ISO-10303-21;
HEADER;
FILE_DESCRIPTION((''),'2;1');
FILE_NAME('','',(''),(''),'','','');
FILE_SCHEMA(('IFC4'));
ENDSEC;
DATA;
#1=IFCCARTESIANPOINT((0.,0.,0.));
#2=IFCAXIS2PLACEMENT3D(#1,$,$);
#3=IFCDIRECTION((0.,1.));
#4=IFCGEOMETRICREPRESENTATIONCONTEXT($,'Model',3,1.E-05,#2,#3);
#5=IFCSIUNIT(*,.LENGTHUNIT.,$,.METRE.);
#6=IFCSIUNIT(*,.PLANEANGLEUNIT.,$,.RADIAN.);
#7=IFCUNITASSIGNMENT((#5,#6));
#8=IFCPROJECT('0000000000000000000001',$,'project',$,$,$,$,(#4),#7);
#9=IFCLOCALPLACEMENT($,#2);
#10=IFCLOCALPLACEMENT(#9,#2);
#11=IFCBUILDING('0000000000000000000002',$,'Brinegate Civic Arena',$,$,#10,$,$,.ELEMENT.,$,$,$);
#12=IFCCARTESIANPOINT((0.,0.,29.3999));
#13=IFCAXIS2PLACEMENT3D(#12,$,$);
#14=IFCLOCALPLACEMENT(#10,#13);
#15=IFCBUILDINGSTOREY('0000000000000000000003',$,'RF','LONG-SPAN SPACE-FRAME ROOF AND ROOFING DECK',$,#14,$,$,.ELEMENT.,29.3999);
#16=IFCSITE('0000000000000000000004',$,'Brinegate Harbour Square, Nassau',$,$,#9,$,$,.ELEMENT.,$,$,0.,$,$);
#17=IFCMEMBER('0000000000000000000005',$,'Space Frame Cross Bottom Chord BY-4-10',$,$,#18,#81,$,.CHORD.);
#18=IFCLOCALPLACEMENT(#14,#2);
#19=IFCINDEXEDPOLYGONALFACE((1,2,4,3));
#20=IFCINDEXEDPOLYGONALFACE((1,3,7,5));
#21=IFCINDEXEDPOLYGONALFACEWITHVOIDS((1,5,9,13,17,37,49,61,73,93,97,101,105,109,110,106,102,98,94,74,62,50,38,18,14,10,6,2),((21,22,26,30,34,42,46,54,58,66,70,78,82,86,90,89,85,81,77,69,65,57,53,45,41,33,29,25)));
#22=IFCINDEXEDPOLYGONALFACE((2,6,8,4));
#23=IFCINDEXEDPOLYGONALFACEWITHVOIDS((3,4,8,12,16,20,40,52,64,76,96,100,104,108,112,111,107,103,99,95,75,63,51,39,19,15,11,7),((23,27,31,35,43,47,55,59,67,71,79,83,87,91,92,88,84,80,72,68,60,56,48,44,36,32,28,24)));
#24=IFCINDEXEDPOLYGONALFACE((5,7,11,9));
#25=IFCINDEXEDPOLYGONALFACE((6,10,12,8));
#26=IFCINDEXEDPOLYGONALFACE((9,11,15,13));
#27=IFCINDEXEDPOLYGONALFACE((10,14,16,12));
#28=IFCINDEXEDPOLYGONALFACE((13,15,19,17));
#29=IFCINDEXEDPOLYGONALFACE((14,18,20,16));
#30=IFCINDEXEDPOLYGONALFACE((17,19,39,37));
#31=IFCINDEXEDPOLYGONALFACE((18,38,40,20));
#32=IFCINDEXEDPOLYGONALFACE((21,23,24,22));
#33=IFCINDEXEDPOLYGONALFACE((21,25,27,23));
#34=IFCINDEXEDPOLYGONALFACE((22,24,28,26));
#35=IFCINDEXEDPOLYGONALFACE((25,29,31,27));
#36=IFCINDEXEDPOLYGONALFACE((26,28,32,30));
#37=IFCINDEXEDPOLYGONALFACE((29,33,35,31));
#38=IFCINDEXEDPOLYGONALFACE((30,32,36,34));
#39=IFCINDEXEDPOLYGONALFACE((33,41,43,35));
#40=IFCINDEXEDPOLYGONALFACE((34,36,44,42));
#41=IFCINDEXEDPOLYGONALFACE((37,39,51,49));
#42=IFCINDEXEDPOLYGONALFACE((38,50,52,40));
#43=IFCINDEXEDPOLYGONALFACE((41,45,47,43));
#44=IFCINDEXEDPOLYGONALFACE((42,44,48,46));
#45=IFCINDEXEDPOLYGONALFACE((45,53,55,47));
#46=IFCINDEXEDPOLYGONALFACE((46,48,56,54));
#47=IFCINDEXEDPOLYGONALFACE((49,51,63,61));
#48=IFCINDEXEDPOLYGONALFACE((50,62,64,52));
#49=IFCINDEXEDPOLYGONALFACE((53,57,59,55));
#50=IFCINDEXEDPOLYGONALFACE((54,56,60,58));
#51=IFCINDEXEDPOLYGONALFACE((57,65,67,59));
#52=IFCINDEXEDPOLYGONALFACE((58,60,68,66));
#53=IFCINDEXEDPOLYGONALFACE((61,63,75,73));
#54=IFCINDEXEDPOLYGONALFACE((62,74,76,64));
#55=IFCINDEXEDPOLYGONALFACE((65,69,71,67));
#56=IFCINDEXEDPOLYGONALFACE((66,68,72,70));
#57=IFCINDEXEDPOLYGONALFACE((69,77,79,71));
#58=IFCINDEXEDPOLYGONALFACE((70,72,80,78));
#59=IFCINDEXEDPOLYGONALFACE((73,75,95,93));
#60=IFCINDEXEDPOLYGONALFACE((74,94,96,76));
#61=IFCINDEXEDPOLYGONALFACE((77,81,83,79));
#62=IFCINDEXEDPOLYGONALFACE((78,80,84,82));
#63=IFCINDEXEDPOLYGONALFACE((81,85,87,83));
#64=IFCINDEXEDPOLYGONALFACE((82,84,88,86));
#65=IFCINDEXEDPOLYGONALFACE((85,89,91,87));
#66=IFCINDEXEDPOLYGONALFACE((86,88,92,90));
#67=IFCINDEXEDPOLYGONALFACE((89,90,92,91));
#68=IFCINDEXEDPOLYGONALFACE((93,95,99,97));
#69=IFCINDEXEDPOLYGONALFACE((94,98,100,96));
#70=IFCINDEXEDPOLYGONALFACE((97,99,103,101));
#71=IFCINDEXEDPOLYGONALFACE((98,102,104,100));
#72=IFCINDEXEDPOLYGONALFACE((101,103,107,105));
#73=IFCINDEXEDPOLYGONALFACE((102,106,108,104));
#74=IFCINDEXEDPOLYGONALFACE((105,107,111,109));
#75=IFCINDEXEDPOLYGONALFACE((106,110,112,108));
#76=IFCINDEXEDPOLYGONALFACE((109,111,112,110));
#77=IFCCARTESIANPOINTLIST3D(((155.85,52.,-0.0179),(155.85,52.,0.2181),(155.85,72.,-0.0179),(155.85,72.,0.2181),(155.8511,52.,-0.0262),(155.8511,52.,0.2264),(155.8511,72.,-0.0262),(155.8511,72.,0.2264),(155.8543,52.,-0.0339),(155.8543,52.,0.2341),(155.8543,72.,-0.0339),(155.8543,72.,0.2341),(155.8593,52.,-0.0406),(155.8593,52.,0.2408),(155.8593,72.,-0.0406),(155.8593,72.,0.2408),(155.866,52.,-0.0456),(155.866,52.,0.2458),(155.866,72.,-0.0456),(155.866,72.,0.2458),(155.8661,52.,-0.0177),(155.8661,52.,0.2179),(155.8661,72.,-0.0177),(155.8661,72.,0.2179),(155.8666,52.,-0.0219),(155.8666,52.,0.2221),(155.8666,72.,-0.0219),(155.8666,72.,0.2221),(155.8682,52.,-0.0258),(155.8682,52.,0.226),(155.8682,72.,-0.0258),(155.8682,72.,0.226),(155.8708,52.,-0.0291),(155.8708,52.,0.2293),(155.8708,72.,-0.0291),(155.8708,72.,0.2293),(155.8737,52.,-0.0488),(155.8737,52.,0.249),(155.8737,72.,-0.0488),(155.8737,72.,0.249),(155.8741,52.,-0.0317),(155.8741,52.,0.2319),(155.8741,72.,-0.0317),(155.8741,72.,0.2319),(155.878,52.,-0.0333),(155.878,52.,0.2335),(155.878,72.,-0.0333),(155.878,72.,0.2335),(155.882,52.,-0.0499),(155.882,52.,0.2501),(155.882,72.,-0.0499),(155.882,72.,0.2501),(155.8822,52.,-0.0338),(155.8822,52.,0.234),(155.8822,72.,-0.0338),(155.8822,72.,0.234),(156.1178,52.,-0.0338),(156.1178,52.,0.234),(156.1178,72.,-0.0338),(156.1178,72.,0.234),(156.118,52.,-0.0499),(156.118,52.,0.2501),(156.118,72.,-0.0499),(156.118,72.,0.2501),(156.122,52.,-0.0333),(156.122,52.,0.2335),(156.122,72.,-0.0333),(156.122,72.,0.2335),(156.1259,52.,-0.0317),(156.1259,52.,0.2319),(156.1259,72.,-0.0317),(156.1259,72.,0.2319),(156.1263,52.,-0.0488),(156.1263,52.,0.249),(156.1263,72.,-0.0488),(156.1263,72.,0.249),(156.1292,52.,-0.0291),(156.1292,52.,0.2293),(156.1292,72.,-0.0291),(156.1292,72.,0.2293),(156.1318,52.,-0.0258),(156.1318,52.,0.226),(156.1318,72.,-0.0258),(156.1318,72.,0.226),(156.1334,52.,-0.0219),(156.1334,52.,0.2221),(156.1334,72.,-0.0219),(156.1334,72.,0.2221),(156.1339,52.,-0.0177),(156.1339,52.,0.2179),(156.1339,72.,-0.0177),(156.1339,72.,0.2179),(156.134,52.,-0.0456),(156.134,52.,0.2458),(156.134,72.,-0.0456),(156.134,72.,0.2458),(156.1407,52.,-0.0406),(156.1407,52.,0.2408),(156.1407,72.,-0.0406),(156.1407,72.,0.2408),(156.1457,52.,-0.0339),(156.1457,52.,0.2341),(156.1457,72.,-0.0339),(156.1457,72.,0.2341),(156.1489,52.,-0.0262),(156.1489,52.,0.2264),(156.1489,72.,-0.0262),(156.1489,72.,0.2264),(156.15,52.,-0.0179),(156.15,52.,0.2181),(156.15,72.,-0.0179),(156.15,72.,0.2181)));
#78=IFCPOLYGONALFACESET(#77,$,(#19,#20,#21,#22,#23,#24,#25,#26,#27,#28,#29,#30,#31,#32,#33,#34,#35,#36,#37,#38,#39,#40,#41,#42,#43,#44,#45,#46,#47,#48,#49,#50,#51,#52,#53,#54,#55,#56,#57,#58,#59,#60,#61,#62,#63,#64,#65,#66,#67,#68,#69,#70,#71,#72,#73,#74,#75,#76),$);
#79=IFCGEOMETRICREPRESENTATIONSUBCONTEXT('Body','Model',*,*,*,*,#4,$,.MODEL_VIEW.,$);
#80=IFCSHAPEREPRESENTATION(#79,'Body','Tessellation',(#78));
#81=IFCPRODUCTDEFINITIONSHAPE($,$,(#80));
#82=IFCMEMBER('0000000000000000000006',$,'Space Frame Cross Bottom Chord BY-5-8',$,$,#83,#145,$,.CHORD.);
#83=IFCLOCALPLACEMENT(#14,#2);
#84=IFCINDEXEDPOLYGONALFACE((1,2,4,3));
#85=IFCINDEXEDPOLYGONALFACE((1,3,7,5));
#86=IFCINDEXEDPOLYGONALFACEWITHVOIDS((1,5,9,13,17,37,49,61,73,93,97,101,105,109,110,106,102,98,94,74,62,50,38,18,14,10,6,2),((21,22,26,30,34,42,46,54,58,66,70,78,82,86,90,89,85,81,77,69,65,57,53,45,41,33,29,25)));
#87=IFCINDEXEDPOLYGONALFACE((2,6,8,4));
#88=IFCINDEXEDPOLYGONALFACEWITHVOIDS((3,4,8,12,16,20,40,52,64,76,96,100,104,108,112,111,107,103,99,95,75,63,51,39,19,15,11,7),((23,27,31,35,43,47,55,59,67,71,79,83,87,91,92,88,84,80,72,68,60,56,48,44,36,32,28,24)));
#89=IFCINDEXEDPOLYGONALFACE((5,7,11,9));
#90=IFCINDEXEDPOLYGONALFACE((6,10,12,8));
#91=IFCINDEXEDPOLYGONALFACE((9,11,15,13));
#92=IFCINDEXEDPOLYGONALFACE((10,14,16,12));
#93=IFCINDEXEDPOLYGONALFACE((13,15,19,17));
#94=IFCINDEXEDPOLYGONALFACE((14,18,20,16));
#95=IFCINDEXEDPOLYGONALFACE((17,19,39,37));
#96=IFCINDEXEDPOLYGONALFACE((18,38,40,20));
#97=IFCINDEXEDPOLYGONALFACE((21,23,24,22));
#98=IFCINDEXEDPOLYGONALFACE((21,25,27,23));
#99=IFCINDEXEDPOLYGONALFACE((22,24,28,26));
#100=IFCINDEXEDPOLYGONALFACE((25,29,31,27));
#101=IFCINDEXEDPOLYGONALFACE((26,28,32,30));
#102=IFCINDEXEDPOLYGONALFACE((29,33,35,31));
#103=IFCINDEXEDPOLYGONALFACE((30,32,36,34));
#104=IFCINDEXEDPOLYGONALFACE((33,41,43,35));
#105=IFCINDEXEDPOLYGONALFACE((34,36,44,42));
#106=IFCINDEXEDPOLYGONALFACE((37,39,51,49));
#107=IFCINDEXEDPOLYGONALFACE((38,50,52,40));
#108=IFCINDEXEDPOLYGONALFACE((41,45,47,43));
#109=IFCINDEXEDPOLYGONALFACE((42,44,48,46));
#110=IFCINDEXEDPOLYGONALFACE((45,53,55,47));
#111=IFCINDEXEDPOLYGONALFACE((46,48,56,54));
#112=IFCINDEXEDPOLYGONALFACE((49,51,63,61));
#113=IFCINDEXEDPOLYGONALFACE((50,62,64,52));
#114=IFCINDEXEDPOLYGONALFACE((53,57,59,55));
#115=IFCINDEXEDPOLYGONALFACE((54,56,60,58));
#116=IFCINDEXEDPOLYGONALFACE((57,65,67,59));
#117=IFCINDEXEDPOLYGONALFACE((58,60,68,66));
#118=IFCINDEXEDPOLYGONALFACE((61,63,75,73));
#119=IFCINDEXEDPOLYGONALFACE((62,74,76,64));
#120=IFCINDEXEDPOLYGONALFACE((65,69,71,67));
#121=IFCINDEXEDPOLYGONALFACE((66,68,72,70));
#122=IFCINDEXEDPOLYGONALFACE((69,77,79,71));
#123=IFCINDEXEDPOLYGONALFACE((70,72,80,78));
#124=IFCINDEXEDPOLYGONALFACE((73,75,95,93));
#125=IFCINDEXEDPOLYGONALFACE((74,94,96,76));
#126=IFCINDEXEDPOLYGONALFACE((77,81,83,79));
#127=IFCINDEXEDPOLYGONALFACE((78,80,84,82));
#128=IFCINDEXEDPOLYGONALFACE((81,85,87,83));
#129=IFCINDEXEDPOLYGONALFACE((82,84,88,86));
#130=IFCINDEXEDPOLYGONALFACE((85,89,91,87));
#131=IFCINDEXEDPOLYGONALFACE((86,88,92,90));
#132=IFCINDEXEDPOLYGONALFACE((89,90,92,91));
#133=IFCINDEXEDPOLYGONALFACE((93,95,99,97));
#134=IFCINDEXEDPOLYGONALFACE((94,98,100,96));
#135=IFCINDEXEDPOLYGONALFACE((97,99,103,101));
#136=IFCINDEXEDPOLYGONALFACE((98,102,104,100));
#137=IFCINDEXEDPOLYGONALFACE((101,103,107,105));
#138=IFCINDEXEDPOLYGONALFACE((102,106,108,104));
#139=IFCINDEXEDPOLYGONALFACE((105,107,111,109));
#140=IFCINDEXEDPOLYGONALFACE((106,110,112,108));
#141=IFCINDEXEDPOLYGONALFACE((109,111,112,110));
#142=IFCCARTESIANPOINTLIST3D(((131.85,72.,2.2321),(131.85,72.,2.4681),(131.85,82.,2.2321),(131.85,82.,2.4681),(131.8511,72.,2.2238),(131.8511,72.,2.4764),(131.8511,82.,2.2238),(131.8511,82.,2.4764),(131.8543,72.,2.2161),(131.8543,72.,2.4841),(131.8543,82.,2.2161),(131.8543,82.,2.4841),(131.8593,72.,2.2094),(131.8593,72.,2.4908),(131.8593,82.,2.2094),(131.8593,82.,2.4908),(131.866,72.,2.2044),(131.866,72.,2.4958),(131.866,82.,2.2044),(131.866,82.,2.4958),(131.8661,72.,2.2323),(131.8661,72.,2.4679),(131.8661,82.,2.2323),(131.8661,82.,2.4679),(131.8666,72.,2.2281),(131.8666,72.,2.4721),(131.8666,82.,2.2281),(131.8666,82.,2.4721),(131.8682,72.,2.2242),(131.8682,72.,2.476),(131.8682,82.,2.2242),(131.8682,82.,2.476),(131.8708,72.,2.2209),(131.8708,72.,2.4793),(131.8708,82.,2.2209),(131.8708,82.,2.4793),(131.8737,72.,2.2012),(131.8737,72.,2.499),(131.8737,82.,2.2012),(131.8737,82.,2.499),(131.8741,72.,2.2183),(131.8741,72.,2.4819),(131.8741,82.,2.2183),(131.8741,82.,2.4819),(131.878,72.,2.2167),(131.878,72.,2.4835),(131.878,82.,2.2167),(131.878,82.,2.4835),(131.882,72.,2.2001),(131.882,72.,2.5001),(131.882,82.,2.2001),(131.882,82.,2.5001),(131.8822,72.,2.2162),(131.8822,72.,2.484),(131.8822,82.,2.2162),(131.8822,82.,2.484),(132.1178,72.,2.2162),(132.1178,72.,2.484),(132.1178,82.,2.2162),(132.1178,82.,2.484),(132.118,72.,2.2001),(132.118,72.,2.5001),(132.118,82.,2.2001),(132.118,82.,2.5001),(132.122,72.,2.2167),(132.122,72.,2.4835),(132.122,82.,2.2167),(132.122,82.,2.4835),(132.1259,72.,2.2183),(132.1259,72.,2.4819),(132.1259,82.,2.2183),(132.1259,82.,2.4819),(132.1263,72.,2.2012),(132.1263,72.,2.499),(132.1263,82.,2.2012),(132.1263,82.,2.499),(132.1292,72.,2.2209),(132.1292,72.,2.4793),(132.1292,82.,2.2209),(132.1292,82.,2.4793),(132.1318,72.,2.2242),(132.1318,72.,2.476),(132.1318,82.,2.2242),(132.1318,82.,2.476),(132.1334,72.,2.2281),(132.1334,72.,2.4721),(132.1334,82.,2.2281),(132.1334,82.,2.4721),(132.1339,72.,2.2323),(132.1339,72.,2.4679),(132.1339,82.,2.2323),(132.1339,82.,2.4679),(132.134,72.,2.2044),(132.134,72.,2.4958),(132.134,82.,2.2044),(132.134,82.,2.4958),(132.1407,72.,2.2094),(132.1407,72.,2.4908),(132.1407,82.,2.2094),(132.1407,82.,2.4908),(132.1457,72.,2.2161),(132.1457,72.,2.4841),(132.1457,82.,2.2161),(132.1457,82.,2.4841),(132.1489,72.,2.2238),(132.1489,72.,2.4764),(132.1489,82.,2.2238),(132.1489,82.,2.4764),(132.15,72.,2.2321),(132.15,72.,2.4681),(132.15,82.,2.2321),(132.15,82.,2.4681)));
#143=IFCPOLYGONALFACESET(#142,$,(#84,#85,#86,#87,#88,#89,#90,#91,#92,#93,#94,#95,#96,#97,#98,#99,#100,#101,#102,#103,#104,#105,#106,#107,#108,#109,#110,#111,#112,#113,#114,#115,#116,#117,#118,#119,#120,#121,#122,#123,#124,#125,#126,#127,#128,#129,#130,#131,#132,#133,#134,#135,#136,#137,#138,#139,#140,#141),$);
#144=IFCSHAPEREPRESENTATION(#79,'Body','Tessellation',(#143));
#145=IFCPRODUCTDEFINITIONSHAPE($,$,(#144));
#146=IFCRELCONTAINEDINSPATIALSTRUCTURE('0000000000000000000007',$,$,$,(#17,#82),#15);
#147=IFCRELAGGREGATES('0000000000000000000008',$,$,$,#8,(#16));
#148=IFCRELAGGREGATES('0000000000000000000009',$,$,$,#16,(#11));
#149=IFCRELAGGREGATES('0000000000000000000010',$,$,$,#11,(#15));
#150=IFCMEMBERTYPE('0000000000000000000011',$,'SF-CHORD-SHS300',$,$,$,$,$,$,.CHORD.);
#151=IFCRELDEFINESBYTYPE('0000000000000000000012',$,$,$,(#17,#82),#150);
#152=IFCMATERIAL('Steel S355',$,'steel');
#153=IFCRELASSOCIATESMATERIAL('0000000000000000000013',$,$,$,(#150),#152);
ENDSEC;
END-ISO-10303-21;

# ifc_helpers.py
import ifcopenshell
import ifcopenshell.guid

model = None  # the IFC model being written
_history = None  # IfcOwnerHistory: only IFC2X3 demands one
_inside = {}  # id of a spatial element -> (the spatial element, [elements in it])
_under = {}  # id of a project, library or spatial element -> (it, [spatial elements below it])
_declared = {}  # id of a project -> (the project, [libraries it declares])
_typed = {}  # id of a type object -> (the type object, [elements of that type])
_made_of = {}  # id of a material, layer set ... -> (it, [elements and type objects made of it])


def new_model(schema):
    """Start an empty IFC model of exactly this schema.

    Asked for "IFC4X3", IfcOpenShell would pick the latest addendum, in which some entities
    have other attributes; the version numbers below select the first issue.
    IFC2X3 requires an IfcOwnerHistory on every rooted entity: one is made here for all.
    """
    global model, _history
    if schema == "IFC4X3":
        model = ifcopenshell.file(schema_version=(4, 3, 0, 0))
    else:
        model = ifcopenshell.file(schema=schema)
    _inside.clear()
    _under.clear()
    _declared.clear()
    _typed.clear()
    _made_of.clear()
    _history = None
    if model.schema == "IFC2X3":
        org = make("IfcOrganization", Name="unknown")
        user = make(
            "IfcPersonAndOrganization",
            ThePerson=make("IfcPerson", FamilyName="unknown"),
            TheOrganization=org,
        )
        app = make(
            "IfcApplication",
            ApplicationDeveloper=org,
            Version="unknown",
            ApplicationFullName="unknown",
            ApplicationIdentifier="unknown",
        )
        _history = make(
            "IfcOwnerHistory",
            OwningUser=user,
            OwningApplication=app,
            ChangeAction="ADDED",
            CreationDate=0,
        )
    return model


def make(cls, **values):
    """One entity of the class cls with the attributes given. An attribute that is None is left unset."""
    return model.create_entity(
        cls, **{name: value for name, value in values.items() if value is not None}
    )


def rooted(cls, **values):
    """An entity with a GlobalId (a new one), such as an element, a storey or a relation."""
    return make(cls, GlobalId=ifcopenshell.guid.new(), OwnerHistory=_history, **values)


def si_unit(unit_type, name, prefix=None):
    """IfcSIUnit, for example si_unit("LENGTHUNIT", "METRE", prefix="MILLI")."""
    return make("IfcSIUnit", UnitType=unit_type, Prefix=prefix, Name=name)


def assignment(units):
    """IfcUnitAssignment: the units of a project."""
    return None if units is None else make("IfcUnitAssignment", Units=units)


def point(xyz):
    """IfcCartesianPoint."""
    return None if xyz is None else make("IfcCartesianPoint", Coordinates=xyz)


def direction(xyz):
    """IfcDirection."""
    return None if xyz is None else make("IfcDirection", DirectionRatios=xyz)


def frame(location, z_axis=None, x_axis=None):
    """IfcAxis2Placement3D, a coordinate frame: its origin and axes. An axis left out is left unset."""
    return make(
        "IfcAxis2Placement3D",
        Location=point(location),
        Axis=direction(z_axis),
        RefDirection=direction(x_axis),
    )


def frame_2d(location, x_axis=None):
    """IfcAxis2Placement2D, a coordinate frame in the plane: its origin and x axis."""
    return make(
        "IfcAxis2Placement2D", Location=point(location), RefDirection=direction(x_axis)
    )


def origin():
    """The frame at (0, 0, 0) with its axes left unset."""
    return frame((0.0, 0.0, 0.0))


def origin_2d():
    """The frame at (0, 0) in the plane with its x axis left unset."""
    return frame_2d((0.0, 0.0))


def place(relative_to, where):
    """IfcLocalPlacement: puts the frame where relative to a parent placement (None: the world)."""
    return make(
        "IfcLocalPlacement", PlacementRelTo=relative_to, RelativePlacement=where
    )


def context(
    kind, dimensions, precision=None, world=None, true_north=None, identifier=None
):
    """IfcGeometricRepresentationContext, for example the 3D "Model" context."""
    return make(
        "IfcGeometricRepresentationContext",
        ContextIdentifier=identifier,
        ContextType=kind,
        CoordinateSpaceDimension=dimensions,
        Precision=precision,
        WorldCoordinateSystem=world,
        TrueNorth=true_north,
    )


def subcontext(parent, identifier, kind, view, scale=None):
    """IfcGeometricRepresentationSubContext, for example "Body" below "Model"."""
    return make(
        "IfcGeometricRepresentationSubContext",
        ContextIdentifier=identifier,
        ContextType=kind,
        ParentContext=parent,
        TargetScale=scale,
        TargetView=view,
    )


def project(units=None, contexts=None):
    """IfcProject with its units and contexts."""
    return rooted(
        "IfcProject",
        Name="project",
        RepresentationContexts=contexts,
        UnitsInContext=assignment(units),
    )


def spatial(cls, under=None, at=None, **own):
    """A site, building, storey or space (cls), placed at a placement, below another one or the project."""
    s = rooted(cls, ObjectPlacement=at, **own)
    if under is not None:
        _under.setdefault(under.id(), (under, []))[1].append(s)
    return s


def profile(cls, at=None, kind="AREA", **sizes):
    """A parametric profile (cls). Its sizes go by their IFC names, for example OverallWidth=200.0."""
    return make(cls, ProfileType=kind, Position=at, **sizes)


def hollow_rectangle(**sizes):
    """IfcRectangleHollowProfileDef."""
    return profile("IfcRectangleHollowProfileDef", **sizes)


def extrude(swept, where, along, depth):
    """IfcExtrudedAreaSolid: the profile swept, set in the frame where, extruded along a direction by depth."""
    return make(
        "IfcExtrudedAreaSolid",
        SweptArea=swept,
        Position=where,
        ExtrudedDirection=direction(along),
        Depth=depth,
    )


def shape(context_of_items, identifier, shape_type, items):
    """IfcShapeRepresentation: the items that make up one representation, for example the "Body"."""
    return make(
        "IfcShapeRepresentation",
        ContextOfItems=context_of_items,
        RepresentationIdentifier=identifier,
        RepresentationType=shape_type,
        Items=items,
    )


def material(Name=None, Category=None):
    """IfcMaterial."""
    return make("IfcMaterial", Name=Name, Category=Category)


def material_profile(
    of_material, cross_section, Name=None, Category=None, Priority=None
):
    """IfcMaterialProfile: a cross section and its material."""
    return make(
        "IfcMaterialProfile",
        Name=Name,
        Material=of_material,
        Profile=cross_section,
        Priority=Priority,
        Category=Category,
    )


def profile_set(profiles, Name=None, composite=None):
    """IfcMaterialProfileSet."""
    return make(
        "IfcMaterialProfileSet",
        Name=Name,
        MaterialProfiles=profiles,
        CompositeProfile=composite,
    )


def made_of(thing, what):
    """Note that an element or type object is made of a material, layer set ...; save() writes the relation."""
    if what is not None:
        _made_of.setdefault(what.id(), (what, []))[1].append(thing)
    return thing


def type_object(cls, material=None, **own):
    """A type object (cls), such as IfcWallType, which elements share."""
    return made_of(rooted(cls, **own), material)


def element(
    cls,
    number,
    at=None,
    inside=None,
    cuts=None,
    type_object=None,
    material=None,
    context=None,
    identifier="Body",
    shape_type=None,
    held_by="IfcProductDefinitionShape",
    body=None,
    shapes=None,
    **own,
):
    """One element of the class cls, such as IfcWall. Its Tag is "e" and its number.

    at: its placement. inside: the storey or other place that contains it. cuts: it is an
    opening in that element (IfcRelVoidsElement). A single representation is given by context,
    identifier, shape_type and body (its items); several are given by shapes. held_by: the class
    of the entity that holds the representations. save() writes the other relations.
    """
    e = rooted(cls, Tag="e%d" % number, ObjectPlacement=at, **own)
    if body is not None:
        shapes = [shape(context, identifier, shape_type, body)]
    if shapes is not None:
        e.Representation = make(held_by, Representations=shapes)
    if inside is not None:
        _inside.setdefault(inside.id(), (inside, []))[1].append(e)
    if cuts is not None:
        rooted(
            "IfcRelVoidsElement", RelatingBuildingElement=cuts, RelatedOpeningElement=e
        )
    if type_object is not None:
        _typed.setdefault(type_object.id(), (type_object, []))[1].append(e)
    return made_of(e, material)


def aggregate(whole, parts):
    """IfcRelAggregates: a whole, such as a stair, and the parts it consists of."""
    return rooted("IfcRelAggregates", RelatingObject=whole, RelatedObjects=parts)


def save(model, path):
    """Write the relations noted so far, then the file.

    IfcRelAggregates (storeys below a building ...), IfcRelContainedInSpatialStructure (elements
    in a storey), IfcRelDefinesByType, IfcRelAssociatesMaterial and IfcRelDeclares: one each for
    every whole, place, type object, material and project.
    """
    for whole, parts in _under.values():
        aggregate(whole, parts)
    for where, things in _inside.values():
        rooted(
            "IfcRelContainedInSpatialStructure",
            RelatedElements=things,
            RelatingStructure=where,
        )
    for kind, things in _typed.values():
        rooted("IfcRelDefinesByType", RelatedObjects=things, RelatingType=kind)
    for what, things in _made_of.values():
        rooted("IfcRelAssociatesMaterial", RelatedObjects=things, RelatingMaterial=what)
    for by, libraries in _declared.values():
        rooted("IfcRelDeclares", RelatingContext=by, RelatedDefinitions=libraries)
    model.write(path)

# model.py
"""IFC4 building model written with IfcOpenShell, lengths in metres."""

from ifc_helpers import new_model, si_unit, direction, frame, origin, origin_2d, place, context, subcontext, project, spatial, hollow_rectangle, extrude, material, material_profile, profile_set, type_object, element, save


model = new_model("IFC4")

# Units and contexts
model_context = context("Model", 3, precision=1e-05, world=origin(), true_north=direction((0.0, 1.0)))
body_context = subcontext(model_context, "Body", "Model", "MODEL_VIEW")
ifc_project = project(units=[si_unit("LENGTHUNIT", "METRE"), si_unit("PLANEANGLEUNIT", "RADIAN")], contexts=[model_context])

# Site, building, storey
site_placement = place(None, origin())
site = spatial("IfcSite", under=ifc_project, at=site_placement, Name="Brinegate Harbour Square, Nassau", CompositionType="ELEMENT", RefElevation=0.0)
building_placement = place(site_placement, origin())
building = spatial("IfcBuilding", under=site, at=building_placement, Name="Brinegate Civic Arena", CompositionType="ELEMENT")
storey_placement = place(building_placement, frame((0.0, 0.0, 29.3999)))
storey = spatial("IfcBuildingStorey", under=building, at=storey_placement, Name="RF", Description="LONG-SPAN SPACE-FRAME ROOF AND ROOFING DECK", CompositionType="ELEMENT", Elevation=29.3999)

# Shared definitions
ifc_material_1 = material(Name="Steel S355", Category="steel")

# Members
ifc_material_profile_1 = material_profile(ifc_material_1, hollow_rectangle(XDim=0.3, YDim=0.3, WallThickness=0.0161, InnerFilletRadius=0.0161, OuterFilletRadius=0.032, at=origin_2d()), Name="SHS300X16")
ifc_profile_set_1 = profile_set([ifc_material_profile_1], Name="Steel S355")
member_type_1 = type_object("IfcMemberType", Name="SF-CHORD-SHS300", PredefinedType="CHORD", material=ifc_profile_set_1)
member_1_placement = place(storey_placement, frame((156.0, 52.0, 0.1001), z_axis=(0.0, 1.0, 0.0), x_axis=(-1.0, 0.0, 0.0)))
element("IfcMember", 1, at=member_1_placement, inside=storey, type_object=member_type_1, Name="Space Frame Cross Bottom Chord BY-4-10", PredefinedType="CHORD", context=body_context, shape_type="SweptSolid", body=[
    extrude(hollow_rectangle(XDim=0.3, YDim=0.3, WallThickness=0.0161, InnerFilletRadius=0.0161, OuterFilletRadius=0.032, at=origin_2d()), origin(), (0.0, 0.0, 1.0), 20.0),
])
for number, where, z_axis, x_axis, name in (
    (2, (132.0, 72.0, 2.3501), (0.0, 1.0, 0.0), (-1.0, 0.0, 0.0), "Space Frame Cross Bottom Chord BY-5-8"),
):
    element("IfcMember", number, at=place(storey_placement, frame(where, z_axis=z_axis, x_axis=x_axis)), inside=storey, type_object=member_type_1, Name=name, PredefinedType="CHORD", context=body_context, shape_type="SweptSolid", body=[
        extrude(hollow_rectangle(XDim=0.3, YDim=0.3, WallThickness=0.0161, InnerFilletRadius=0.0161, OuterFilletRadius=0.032, at=origin_2d()), origin(), (0.0, 0.0, 1.0), 10.0),
    ])

save(model, "model.ifc")
